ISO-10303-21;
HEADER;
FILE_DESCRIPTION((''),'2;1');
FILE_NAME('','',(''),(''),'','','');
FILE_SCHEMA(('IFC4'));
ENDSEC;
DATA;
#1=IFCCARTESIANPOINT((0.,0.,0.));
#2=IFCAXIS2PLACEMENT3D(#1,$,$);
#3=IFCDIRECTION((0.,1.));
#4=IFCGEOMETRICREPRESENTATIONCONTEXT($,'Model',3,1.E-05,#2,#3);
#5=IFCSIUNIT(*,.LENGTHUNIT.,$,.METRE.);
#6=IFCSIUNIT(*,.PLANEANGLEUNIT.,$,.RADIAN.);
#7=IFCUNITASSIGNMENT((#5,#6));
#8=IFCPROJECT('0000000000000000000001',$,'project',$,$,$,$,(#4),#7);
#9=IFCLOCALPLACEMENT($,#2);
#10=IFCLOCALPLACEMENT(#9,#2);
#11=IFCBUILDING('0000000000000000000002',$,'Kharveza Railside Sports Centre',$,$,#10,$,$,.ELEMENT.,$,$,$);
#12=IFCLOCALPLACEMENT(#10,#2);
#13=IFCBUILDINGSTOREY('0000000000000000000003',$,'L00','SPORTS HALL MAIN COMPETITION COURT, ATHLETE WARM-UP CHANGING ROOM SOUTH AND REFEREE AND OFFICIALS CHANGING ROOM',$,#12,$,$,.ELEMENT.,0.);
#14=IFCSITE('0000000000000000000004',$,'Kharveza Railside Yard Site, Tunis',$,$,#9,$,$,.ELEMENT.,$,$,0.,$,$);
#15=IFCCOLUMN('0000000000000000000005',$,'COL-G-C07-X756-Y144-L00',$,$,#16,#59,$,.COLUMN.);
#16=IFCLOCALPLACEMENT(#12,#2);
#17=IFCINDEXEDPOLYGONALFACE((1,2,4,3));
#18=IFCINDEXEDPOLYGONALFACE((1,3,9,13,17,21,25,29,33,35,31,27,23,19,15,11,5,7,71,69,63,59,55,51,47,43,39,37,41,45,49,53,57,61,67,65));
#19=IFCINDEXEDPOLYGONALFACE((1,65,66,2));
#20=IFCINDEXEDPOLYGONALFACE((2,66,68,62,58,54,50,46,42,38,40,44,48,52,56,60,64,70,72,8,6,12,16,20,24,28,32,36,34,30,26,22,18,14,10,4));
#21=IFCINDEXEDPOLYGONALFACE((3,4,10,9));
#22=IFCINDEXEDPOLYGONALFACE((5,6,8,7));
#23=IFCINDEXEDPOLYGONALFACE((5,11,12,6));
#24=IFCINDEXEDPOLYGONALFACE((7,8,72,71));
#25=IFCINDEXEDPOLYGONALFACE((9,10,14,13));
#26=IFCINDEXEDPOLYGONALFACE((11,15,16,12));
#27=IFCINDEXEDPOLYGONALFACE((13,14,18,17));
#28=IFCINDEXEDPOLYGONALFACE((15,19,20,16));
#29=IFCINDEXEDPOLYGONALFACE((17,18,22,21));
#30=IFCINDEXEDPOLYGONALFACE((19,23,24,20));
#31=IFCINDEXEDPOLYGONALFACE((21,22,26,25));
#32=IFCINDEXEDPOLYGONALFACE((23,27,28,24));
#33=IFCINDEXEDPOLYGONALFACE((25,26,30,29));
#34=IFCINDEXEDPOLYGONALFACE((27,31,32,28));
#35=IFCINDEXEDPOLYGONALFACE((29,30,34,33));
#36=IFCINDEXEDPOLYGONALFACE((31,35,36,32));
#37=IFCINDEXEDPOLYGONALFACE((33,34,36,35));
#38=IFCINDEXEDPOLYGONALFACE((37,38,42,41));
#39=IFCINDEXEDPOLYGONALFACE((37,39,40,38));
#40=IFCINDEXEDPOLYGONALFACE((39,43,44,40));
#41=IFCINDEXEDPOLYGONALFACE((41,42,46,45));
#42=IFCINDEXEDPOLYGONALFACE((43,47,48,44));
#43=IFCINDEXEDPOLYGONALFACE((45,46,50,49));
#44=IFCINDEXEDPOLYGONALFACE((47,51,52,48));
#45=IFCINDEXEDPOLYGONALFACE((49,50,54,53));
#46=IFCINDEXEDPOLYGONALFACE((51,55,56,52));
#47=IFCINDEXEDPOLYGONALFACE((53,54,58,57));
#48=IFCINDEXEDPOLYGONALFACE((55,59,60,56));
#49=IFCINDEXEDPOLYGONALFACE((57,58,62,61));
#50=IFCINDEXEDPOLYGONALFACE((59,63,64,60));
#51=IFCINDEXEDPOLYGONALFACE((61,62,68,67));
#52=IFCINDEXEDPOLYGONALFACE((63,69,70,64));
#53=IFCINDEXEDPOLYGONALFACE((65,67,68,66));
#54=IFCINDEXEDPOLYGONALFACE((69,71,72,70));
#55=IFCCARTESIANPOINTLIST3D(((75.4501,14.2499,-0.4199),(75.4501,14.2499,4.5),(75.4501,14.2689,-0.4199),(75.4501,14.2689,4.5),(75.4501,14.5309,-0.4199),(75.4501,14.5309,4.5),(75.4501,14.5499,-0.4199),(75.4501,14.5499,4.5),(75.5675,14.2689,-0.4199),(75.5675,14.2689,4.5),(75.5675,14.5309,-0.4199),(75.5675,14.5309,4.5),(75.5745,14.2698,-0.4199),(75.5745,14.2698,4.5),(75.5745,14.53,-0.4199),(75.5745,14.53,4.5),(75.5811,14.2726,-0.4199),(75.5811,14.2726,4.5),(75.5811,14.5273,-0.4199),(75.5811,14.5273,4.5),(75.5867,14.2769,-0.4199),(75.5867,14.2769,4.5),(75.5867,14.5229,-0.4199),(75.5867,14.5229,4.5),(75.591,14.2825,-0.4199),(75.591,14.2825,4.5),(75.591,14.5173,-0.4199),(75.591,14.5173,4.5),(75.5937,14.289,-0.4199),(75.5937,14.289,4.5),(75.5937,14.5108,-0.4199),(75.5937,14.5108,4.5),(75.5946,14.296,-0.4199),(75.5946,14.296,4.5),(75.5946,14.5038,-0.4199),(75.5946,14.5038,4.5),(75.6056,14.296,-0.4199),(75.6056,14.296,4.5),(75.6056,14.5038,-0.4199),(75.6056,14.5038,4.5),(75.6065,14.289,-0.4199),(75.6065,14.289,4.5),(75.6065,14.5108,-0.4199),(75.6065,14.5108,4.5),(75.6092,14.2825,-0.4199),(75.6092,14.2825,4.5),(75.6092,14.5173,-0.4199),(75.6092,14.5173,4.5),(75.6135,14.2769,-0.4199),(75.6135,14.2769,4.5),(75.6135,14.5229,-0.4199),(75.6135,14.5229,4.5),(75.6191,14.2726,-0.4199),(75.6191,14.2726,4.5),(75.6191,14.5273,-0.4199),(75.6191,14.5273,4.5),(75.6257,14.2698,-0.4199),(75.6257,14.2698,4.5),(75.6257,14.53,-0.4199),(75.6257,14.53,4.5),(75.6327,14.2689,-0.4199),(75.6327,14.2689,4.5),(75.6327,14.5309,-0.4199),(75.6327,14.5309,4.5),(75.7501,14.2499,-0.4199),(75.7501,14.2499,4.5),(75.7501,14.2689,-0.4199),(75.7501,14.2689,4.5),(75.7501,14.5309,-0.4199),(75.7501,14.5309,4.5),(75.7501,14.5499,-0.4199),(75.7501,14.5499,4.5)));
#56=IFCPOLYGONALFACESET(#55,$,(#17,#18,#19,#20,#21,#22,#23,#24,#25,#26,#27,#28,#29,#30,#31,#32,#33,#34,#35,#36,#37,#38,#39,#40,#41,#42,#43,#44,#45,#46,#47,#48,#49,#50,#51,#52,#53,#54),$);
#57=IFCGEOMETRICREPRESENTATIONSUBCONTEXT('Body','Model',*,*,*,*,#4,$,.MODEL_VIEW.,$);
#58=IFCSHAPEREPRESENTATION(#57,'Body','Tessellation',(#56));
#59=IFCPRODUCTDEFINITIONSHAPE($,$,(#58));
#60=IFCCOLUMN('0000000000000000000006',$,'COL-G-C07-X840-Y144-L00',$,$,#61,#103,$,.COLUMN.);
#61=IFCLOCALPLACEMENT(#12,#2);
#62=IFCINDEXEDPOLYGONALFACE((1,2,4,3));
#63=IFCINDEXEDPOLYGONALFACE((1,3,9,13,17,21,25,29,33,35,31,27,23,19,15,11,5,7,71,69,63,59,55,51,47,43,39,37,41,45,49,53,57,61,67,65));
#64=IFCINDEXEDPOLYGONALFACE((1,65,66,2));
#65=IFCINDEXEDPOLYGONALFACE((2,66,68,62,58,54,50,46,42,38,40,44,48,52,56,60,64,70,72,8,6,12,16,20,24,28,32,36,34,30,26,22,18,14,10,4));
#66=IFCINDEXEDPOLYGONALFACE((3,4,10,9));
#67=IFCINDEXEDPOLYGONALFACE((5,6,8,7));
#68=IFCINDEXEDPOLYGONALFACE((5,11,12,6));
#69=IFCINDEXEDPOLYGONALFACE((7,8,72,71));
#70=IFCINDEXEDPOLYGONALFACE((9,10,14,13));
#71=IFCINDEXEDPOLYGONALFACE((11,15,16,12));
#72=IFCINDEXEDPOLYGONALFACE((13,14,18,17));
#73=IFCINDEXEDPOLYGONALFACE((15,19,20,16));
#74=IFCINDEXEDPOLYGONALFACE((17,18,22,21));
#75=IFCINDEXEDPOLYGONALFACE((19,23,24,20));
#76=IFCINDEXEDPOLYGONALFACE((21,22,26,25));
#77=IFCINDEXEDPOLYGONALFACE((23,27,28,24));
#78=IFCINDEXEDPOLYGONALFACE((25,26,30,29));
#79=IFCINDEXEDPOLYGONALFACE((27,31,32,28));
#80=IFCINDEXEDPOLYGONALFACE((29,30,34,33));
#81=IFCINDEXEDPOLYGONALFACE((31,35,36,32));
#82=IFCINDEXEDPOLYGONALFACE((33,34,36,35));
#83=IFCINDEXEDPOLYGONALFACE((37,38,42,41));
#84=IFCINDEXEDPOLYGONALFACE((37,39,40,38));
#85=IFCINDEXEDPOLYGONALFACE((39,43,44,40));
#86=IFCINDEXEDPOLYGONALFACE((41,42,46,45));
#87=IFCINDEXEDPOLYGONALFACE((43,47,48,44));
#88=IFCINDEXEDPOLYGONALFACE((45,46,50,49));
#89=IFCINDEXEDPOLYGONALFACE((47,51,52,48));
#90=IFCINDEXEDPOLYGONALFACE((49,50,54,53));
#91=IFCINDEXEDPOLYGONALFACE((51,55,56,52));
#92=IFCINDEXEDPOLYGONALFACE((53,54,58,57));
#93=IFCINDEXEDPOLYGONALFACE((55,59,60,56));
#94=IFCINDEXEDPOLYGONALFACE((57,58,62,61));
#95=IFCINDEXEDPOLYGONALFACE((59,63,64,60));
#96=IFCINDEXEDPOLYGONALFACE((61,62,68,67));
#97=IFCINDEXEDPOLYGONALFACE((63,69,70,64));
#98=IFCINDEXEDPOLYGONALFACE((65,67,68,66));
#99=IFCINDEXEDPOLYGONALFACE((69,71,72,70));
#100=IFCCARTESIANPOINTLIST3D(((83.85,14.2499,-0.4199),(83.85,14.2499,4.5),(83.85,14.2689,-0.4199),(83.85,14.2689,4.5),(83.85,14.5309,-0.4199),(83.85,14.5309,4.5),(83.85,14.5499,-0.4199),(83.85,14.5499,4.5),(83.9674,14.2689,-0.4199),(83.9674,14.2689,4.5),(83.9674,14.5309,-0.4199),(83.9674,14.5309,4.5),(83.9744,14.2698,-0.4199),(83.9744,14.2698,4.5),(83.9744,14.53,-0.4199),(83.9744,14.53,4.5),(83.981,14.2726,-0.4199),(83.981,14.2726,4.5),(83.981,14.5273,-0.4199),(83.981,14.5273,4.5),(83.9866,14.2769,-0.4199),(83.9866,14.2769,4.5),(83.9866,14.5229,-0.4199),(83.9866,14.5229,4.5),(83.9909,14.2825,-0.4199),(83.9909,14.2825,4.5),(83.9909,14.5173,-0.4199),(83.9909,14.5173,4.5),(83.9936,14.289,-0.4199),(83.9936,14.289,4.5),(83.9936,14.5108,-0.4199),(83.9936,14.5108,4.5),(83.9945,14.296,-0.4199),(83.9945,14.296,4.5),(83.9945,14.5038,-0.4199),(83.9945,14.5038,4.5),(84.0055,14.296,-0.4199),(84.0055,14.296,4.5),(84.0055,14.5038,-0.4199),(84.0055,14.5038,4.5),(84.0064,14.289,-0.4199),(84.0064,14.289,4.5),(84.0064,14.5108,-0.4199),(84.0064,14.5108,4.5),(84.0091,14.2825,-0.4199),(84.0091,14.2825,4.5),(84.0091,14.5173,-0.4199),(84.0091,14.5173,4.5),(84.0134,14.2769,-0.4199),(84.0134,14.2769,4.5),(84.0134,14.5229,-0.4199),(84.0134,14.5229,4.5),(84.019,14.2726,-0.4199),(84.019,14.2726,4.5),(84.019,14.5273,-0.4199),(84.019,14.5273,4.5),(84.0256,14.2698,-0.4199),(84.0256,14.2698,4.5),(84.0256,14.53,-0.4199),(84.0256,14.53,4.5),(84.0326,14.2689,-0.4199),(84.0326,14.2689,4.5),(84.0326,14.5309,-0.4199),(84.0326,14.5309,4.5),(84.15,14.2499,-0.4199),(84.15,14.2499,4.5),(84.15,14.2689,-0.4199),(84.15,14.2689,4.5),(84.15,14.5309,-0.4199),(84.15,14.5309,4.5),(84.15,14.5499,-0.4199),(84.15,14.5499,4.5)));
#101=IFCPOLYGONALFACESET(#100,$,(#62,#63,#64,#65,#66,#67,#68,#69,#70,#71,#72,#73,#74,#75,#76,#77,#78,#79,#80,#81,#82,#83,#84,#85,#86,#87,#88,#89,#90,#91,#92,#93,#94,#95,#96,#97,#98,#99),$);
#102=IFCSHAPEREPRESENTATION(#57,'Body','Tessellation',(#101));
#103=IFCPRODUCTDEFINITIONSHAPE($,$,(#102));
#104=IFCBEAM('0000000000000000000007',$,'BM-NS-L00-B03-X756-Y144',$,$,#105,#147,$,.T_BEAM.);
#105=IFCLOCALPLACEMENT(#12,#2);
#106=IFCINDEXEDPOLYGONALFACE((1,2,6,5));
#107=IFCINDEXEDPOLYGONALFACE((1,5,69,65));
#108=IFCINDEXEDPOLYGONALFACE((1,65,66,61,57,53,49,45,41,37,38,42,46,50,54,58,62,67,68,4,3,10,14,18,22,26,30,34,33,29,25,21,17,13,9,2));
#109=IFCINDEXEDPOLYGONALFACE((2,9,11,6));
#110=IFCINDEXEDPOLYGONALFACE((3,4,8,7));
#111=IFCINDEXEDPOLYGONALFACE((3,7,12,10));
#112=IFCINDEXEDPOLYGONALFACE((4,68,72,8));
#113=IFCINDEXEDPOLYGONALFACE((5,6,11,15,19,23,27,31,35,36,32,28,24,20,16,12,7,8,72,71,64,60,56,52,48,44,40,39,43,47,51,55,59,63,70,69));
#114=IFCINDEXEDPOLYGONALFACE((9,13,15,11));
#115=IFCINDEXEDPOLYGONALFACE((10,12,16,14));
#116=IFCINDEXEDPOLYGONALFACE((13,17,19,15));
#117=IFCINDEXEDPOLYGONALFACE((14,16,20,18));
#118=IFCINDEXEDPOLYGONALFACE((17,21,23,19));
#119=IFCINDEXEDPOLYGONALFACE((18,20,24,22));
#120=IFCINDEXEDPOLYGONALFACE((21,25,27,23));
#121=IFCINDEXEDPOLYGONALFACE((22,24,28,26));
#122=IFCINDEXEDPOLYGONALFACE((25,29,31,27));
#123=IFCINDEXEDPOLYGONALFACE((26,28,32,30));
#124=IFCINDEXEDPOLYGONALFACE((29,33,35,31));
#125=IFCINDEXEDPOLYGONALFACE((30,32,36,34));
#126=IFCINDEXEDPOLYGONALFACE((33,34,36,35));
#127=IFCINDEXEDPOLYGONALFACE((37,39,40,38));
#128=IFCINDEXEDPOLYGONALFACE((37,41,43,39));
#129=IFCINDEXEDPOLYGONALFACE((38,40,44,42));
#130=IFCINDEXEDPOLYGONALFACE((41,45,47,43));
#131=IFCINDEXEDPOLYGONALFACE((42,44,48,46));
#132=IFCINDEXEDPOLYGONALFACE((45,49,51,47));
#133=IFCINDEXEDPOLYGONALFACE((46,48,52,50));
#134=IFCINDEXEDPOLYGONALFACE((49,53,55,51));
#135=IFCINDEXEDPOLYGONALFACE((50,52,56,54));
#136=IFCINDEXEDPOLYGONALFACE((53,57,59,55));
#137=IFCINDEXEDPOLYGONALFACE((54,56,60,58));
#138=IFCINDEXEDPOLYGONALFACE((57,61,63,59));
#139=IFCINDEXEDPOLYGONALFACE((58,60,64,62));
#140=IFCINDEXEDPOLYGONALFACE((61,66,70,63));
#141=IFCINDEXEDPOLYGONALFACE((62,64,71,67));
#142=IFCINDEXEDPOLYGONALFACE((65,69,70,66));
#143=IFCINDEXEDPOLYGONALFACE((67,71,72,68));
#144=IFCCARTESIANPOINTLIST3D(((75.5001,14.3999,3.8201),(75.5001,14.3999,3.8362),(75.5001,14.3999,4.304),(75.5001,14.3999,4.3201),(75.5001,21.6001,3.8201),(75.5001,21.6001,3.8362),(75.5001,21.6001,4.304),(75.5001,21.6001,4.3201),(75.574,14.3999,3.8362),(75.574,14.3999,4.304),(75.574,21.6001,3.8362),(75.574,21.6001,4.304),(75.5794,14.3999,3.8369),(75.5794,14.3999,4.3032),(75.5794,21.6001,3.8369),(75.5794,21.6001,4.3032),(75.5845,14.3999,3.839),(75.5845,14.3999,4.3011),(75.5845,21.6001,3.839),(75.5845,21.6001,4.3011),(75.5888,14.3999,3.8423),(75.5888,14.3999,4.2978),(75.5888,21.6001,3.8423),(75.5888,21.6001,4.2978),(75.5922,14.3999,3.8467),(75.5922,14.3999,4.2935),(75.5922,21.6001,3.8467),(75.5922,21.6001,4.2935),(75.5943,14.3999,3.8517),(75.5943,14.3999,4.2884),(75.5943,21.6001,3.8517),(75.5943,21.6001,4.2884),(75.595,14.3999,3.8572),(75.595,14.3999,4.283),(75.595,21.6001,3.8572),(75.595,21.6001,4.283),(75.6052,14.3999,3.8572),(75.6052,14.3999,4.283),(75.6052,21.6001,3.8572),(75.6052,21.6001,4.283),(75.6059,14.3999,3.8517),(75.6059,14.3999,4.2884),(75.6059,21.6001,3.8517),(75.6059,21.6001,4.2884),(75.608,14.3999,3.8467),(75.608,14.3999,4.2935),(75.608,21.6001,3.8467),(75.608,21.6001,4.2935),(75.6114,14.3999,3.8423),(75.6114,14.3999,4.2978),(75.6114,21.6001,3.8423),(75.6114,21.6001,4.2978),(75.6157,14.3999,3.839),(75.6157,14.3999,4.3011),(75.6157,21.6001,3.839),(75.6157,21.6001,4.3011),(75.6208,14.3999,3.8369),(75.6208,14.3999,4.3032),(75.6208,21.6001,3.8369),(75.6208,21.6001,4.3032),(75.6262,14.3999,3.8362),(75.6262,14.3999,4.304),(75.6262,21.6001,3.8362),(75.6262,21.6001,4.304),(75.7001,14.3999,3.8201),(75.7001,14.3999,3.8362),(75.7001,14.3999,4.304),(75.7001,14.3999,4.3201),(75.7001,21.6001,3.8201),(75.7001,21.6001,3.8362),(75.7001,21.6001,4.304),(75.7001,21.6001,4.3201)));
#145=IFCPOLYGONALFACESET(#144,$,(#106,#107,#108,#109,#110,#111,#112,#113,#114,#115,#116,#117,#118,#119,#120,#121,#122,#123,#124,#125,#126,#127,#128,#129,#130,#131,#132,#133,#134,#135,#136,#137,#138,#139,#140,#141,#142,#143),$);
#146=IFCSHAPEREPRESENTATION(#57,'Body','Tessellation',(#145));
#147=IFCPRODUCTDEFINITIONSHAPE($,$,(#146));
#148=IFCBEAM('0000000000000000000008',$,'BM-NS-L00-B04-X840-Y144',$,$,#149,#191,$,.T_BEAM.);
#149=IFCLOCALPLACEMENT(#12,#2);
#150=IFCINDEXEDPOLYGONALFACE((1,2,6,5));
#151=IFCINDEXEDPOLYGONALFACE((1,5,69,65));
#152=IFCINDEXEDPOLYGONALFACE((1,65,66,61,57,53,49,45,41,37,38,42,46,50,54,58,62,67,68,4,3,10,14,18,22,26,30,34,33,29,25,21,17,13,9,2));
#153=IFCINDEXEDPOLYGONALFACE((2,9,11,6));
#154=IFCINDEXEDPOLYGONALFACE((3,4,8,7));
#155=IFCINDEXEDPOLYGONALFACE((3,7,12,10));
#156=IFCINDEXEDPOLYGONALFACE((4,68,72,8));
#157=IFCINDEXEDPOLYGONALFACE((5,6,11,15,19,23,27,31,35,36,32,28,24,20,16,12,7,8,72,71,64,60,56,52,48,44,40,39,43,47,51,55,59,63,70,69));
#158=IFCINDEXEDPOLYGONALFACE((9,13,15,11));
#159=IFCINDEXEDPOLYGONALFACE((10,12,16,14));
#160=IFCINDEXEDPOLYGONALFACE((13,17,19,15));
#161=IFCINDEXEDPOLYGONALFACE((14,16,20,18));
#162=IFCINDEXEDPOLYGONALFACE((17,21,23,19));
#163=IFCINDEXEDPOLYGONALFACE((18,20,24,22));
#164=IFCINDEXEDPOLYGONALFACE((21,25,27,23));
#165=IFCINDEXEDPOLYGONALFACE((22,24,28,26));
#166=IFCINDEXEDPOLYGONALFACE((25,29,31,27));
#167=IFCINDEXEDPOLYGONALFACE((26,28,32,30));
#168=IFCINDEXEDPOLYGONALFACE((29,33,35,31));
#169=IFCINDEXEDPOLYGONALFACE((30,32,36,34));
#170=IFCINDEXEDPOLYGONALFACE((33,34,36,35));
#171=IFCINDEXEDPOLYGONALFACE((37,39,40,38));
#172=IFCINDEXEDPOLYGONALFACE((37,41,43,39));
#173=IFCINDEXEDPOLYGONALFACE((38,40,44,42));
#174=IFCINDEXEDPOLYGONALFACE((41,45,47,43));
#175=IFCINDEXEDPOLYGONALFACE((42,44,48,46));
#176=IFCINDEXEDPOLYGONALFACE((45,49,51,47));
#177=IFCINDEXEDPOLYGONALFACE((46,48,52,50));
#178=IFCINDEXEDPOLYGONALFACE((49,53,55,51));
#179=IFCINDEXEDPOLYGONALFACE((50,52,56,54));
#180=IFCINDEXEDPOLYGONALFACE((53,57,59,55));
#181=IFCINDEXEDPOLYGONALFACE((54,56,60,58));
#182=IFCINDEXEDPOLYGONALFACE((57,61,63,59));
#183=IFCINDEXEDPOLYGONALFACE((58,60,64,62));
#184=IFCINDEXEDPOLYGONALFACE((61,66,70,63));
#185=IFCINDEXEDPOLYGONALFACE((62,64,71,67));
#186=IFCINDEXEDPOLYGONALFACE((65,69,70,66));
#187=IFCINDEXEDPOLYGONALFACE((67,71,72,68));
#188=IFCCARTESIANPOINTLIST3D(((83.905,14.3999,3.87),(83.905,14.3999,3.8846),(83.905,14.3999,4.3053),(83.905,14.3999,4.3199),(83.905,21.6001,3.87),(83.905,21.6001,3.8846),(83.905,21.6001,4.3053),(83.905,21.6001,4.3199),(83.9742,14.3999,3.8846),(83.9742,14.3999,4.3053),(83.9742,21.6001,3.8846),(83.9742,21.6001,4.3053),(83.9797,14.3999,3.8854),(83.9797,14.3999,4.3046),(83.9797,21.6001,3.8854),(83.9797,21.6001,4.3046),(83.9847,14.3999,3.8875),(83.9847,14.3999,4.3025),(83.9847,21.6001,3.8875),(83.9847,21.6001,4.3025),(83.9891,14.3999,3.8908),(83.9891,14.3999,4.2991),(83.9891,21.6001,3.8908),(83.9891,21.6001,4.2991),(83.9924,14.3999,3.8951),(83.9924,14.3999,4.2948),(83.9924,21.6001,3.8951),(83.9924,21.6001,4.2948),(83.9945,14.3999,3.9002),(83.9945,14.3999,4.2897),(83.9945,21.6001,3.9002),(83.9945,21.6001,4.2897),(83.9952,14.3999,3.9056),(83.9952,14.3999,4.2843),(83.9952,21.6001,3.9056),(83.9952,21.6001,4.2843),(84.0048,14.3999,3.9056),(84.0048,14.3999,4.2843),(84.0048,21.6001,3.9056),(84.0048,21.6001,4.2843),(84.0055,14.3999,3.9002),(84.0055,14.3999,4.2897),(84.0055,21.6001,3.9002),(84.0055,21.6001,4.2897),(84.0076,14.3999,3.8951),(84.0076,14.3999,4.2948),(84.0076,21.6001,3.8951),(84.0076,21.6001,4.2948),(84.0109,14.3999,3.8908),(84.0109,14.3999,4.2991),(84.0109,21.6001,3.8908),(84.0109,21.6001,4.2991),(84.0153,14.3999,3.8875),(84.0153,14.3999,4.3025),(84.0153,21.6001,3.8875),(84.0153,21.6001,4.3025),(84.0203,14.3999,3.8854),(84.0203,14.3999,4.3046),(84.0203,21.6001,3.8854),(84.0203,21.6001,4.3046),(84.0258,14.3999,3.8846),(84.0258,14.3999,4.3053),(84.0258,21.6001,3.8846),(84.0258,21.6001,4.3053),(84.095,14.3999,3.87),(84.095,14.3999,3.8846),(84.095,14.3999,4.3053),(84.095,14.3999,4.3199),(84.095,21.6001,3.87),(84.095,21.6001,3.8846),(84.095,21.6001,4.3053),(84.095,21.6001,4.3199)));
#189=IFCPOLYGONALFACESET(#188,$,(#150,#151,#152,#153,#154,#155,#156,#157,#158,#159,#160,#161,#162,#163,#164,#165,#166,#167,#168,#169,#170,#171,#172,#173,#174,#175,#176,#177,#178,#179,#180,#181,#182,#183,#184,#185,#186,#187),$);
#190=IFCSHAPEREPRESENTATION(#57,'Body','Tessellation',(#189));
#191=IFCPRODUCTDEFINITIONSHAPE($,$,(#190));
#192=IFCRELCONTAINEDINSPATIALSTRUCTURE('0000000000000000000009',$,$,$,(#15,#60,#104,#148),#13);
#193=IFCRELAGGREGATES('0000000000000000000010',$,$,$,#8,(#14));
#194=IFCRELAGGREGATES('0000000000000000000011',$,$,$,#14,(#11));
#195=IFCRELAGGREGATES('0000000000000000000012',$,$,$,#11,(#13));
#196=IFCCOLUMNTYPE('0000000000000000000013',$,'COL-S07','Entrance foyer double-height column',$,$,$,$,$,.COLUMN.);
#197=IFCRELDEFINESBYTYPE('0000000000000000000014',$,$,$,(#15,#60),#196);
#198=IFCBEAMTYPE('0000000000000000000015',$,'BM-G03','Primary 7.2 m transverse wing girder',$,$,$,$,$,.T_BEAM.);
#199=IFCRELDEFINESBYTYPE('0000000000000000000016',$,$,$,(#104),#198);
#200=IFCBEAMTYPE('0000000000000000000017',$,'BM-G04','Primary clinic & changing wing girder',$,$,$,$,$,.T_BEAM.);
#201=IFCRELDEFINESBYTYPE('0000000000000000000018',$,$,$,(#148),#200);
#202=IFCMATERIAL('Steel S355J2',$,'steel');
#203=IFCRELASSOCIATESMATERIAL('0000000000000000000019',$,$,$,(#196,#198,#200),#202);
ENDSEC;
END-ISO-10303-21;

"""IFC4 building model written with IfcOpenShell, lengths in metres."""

from ifc_helpers import new_model, si_unit, direction, frame, origin, origin_2d, place, context, subcontext, project, spatial, i_section, extrude, material, material_profile, profile_set, type_object, element, save


model = new_model("IFC4")

# Units and contexts
model_context = context("Model", 3, precision=1e-05, world=origin(), true_north=direction((0.0, 1.0)))
body_context = subcontext(model_context, "Body", "Model", "MODEL_VIEW")
ifc_project = project(units=[si_unit("LENGTHUNIT", "METRE"), si_unit("PLANEANGLEUNIT", "RADIAN")], contexts=[model_context])

# Site, building, storey
site_placement = place(None, origin())
site = spatial("IfcSite", under=ifc_project, at=site_placement, Name="Kharveza Railside Yard Site, Tunis", CompositionType="ELEMENT", RefElevation=0.0)
building_placement = place(site_placement, origin())
building = spatial("IfcBuilding", under=site, at=building_placement, Name="Kharveza Railside Sports Centre", CompositionType="ELEMENT")
storey_placement = place(building_placement, origin())
storey = spatial("IfcBuildingStorey", under=building, at=storey_placement, Name="L00", Description="SPORTS HALL MAIN COMPETITION COURT, ATHLETE WARM-UP CHANGING ROOM SOUTH AND REFEREE AND OFFICIALS CHANGING ROOM", CompositionType="ELEMENT", Elevation=0.0)

# Columns
ifc_material_1 = material(Name="Steel S355J2", Category="steel")
ifc_material_profile_1 = material_profile(ifc_material_1, i_section(OverallWidth=0.3, OverallDepth=0.3, WebThickness=0.011, FlangeThickness=0.019, FilletRadius=0.0271, at=origin_2d()), Name="HEB 300")
ifc_profile_set_1 = profile_set([ifc_material_profile_1], Name="Steel S355J2")
column_type = type_object("IfcColumnType", Name="COL-S07", Description="Entrance foyer double-height column", PredefinedType="COLUMN", material=ifc_profile_set_1)
for number, where, z_axis, x_axis, name in (
    (1, (75.6001, 14.3999, -0.4199), (0.0, 0.0, 1.0), (1.0, 0.0, 0.0), "COL-G-C07-X756-Y144-L00"),
    (2, (84.0, 14.3999, -0.4199), (0.0, 0.0, 1.0), (1.0, 0.0, 0.0), "COL-G-C07-X840-Y144-L00"),
):
    element("IfcColumn", number, at=place(storey_placement, frame(where, z_axis=z_axis, x_axis=x_axis)), inside=storey, type_object=column_type, Name=name, PredefinedType="COLUMN", context=body_context, shape_type="SweptSolid", body=[
        extrude(i_section(OverallWidth=0.3, OverallDepth=0.3, WebThickness=0.011, FlangeThickness=0.019, FilletRadius=0.0271, at=origin_2d()), origin(), (0.0, 0.0, 1.0), 4.9199),
    ])

# Beams
ifc_material_profile_2 = material_profile(ifc_material_1, i_section(OverallWidth=0.2, OverallDepth=0.5, WebThickness=0.0103, FlangeThickness=0.0161, FilletRadius=0.021, at=origin_2d()), Name="IPE 500")
ifc_profile_set_2 = profile_set([ifc_material_profile_2], Name="Steel S355J2")
beam_type_1 = type_object("IfcBeamType", Name="BM-G03", Description="Primary 7.2 m transverse wing girder", PredefinedType="T_BEAM", material=ifc_profile_set_2)
beam_1_placement = place(storey_placement, frame((75.6001, 14.3999, 4.0701), z_axis=(0.0, 1.0, 0.0), x_axis=(-1.0, 0.0, 0.0)))
element("IfcBeam", 3, at=beam_1_placement, inside=storey, type_object=beam_type_1, Name="BM-NS-L00-B03-X756-Y144", PredefinedType="T_BEAM", context=body_context, shape_type="SweptSolid", body=[
    extrude(i_section(OverallWidth=0.2, OverallDepth=0.5, WebThickness=0.0103, FlangeThickness=0.0161, FilletRadius=0.021, at=origin_2d()), origin(), (0.0, 0.0, 1.0), 7.2002),
])
ifc_material_profile_3 = material_profile(ifc_material_1, i_section(OverallWidth=0.1899, OverallDepth=0.45, WebThickness=0.0095, FlangeThickness=0.0146, FilletRadius=0.021, at=origin_2d()), Name="IPE 450")
ifc_profile_set_3 = profile_set([ifc_material_profile_3], Name="Steel S355J2")
beam_type_2 = type_object("IfcBeamType", Name="BM-G04", Description="Primary clinic & changing wing girder", PredefinedType="T_BEAM", material=ifc_profile_set_3)
beam_2_placement = place(storey_placement, frame((84.0, 14.3999, 4.095), z_axis=(0.0, 1.0, 0.0), x_axis=(-1.0, 0.0, 0.0)))
element("IfcBeam", 4, at=beam_2_placement, inside=storey, type_object=beam_type_2, Name="BM-NS-L00-B04-X840-Y144", PredefinedType="T_BEAM", context=body_context, shape_type="SweptSolid", body=[
    extrude(i_section(OverallWidth=0.1899, OverallDepth=0.45, WebThickness=0.0095, FlangeThickness=0.0146, FilletRadius=0.021, at=origin_2d()), origin(), (0.0, 0.0, 1.0), 7.2002),
])

save(model, "model.ifc")
